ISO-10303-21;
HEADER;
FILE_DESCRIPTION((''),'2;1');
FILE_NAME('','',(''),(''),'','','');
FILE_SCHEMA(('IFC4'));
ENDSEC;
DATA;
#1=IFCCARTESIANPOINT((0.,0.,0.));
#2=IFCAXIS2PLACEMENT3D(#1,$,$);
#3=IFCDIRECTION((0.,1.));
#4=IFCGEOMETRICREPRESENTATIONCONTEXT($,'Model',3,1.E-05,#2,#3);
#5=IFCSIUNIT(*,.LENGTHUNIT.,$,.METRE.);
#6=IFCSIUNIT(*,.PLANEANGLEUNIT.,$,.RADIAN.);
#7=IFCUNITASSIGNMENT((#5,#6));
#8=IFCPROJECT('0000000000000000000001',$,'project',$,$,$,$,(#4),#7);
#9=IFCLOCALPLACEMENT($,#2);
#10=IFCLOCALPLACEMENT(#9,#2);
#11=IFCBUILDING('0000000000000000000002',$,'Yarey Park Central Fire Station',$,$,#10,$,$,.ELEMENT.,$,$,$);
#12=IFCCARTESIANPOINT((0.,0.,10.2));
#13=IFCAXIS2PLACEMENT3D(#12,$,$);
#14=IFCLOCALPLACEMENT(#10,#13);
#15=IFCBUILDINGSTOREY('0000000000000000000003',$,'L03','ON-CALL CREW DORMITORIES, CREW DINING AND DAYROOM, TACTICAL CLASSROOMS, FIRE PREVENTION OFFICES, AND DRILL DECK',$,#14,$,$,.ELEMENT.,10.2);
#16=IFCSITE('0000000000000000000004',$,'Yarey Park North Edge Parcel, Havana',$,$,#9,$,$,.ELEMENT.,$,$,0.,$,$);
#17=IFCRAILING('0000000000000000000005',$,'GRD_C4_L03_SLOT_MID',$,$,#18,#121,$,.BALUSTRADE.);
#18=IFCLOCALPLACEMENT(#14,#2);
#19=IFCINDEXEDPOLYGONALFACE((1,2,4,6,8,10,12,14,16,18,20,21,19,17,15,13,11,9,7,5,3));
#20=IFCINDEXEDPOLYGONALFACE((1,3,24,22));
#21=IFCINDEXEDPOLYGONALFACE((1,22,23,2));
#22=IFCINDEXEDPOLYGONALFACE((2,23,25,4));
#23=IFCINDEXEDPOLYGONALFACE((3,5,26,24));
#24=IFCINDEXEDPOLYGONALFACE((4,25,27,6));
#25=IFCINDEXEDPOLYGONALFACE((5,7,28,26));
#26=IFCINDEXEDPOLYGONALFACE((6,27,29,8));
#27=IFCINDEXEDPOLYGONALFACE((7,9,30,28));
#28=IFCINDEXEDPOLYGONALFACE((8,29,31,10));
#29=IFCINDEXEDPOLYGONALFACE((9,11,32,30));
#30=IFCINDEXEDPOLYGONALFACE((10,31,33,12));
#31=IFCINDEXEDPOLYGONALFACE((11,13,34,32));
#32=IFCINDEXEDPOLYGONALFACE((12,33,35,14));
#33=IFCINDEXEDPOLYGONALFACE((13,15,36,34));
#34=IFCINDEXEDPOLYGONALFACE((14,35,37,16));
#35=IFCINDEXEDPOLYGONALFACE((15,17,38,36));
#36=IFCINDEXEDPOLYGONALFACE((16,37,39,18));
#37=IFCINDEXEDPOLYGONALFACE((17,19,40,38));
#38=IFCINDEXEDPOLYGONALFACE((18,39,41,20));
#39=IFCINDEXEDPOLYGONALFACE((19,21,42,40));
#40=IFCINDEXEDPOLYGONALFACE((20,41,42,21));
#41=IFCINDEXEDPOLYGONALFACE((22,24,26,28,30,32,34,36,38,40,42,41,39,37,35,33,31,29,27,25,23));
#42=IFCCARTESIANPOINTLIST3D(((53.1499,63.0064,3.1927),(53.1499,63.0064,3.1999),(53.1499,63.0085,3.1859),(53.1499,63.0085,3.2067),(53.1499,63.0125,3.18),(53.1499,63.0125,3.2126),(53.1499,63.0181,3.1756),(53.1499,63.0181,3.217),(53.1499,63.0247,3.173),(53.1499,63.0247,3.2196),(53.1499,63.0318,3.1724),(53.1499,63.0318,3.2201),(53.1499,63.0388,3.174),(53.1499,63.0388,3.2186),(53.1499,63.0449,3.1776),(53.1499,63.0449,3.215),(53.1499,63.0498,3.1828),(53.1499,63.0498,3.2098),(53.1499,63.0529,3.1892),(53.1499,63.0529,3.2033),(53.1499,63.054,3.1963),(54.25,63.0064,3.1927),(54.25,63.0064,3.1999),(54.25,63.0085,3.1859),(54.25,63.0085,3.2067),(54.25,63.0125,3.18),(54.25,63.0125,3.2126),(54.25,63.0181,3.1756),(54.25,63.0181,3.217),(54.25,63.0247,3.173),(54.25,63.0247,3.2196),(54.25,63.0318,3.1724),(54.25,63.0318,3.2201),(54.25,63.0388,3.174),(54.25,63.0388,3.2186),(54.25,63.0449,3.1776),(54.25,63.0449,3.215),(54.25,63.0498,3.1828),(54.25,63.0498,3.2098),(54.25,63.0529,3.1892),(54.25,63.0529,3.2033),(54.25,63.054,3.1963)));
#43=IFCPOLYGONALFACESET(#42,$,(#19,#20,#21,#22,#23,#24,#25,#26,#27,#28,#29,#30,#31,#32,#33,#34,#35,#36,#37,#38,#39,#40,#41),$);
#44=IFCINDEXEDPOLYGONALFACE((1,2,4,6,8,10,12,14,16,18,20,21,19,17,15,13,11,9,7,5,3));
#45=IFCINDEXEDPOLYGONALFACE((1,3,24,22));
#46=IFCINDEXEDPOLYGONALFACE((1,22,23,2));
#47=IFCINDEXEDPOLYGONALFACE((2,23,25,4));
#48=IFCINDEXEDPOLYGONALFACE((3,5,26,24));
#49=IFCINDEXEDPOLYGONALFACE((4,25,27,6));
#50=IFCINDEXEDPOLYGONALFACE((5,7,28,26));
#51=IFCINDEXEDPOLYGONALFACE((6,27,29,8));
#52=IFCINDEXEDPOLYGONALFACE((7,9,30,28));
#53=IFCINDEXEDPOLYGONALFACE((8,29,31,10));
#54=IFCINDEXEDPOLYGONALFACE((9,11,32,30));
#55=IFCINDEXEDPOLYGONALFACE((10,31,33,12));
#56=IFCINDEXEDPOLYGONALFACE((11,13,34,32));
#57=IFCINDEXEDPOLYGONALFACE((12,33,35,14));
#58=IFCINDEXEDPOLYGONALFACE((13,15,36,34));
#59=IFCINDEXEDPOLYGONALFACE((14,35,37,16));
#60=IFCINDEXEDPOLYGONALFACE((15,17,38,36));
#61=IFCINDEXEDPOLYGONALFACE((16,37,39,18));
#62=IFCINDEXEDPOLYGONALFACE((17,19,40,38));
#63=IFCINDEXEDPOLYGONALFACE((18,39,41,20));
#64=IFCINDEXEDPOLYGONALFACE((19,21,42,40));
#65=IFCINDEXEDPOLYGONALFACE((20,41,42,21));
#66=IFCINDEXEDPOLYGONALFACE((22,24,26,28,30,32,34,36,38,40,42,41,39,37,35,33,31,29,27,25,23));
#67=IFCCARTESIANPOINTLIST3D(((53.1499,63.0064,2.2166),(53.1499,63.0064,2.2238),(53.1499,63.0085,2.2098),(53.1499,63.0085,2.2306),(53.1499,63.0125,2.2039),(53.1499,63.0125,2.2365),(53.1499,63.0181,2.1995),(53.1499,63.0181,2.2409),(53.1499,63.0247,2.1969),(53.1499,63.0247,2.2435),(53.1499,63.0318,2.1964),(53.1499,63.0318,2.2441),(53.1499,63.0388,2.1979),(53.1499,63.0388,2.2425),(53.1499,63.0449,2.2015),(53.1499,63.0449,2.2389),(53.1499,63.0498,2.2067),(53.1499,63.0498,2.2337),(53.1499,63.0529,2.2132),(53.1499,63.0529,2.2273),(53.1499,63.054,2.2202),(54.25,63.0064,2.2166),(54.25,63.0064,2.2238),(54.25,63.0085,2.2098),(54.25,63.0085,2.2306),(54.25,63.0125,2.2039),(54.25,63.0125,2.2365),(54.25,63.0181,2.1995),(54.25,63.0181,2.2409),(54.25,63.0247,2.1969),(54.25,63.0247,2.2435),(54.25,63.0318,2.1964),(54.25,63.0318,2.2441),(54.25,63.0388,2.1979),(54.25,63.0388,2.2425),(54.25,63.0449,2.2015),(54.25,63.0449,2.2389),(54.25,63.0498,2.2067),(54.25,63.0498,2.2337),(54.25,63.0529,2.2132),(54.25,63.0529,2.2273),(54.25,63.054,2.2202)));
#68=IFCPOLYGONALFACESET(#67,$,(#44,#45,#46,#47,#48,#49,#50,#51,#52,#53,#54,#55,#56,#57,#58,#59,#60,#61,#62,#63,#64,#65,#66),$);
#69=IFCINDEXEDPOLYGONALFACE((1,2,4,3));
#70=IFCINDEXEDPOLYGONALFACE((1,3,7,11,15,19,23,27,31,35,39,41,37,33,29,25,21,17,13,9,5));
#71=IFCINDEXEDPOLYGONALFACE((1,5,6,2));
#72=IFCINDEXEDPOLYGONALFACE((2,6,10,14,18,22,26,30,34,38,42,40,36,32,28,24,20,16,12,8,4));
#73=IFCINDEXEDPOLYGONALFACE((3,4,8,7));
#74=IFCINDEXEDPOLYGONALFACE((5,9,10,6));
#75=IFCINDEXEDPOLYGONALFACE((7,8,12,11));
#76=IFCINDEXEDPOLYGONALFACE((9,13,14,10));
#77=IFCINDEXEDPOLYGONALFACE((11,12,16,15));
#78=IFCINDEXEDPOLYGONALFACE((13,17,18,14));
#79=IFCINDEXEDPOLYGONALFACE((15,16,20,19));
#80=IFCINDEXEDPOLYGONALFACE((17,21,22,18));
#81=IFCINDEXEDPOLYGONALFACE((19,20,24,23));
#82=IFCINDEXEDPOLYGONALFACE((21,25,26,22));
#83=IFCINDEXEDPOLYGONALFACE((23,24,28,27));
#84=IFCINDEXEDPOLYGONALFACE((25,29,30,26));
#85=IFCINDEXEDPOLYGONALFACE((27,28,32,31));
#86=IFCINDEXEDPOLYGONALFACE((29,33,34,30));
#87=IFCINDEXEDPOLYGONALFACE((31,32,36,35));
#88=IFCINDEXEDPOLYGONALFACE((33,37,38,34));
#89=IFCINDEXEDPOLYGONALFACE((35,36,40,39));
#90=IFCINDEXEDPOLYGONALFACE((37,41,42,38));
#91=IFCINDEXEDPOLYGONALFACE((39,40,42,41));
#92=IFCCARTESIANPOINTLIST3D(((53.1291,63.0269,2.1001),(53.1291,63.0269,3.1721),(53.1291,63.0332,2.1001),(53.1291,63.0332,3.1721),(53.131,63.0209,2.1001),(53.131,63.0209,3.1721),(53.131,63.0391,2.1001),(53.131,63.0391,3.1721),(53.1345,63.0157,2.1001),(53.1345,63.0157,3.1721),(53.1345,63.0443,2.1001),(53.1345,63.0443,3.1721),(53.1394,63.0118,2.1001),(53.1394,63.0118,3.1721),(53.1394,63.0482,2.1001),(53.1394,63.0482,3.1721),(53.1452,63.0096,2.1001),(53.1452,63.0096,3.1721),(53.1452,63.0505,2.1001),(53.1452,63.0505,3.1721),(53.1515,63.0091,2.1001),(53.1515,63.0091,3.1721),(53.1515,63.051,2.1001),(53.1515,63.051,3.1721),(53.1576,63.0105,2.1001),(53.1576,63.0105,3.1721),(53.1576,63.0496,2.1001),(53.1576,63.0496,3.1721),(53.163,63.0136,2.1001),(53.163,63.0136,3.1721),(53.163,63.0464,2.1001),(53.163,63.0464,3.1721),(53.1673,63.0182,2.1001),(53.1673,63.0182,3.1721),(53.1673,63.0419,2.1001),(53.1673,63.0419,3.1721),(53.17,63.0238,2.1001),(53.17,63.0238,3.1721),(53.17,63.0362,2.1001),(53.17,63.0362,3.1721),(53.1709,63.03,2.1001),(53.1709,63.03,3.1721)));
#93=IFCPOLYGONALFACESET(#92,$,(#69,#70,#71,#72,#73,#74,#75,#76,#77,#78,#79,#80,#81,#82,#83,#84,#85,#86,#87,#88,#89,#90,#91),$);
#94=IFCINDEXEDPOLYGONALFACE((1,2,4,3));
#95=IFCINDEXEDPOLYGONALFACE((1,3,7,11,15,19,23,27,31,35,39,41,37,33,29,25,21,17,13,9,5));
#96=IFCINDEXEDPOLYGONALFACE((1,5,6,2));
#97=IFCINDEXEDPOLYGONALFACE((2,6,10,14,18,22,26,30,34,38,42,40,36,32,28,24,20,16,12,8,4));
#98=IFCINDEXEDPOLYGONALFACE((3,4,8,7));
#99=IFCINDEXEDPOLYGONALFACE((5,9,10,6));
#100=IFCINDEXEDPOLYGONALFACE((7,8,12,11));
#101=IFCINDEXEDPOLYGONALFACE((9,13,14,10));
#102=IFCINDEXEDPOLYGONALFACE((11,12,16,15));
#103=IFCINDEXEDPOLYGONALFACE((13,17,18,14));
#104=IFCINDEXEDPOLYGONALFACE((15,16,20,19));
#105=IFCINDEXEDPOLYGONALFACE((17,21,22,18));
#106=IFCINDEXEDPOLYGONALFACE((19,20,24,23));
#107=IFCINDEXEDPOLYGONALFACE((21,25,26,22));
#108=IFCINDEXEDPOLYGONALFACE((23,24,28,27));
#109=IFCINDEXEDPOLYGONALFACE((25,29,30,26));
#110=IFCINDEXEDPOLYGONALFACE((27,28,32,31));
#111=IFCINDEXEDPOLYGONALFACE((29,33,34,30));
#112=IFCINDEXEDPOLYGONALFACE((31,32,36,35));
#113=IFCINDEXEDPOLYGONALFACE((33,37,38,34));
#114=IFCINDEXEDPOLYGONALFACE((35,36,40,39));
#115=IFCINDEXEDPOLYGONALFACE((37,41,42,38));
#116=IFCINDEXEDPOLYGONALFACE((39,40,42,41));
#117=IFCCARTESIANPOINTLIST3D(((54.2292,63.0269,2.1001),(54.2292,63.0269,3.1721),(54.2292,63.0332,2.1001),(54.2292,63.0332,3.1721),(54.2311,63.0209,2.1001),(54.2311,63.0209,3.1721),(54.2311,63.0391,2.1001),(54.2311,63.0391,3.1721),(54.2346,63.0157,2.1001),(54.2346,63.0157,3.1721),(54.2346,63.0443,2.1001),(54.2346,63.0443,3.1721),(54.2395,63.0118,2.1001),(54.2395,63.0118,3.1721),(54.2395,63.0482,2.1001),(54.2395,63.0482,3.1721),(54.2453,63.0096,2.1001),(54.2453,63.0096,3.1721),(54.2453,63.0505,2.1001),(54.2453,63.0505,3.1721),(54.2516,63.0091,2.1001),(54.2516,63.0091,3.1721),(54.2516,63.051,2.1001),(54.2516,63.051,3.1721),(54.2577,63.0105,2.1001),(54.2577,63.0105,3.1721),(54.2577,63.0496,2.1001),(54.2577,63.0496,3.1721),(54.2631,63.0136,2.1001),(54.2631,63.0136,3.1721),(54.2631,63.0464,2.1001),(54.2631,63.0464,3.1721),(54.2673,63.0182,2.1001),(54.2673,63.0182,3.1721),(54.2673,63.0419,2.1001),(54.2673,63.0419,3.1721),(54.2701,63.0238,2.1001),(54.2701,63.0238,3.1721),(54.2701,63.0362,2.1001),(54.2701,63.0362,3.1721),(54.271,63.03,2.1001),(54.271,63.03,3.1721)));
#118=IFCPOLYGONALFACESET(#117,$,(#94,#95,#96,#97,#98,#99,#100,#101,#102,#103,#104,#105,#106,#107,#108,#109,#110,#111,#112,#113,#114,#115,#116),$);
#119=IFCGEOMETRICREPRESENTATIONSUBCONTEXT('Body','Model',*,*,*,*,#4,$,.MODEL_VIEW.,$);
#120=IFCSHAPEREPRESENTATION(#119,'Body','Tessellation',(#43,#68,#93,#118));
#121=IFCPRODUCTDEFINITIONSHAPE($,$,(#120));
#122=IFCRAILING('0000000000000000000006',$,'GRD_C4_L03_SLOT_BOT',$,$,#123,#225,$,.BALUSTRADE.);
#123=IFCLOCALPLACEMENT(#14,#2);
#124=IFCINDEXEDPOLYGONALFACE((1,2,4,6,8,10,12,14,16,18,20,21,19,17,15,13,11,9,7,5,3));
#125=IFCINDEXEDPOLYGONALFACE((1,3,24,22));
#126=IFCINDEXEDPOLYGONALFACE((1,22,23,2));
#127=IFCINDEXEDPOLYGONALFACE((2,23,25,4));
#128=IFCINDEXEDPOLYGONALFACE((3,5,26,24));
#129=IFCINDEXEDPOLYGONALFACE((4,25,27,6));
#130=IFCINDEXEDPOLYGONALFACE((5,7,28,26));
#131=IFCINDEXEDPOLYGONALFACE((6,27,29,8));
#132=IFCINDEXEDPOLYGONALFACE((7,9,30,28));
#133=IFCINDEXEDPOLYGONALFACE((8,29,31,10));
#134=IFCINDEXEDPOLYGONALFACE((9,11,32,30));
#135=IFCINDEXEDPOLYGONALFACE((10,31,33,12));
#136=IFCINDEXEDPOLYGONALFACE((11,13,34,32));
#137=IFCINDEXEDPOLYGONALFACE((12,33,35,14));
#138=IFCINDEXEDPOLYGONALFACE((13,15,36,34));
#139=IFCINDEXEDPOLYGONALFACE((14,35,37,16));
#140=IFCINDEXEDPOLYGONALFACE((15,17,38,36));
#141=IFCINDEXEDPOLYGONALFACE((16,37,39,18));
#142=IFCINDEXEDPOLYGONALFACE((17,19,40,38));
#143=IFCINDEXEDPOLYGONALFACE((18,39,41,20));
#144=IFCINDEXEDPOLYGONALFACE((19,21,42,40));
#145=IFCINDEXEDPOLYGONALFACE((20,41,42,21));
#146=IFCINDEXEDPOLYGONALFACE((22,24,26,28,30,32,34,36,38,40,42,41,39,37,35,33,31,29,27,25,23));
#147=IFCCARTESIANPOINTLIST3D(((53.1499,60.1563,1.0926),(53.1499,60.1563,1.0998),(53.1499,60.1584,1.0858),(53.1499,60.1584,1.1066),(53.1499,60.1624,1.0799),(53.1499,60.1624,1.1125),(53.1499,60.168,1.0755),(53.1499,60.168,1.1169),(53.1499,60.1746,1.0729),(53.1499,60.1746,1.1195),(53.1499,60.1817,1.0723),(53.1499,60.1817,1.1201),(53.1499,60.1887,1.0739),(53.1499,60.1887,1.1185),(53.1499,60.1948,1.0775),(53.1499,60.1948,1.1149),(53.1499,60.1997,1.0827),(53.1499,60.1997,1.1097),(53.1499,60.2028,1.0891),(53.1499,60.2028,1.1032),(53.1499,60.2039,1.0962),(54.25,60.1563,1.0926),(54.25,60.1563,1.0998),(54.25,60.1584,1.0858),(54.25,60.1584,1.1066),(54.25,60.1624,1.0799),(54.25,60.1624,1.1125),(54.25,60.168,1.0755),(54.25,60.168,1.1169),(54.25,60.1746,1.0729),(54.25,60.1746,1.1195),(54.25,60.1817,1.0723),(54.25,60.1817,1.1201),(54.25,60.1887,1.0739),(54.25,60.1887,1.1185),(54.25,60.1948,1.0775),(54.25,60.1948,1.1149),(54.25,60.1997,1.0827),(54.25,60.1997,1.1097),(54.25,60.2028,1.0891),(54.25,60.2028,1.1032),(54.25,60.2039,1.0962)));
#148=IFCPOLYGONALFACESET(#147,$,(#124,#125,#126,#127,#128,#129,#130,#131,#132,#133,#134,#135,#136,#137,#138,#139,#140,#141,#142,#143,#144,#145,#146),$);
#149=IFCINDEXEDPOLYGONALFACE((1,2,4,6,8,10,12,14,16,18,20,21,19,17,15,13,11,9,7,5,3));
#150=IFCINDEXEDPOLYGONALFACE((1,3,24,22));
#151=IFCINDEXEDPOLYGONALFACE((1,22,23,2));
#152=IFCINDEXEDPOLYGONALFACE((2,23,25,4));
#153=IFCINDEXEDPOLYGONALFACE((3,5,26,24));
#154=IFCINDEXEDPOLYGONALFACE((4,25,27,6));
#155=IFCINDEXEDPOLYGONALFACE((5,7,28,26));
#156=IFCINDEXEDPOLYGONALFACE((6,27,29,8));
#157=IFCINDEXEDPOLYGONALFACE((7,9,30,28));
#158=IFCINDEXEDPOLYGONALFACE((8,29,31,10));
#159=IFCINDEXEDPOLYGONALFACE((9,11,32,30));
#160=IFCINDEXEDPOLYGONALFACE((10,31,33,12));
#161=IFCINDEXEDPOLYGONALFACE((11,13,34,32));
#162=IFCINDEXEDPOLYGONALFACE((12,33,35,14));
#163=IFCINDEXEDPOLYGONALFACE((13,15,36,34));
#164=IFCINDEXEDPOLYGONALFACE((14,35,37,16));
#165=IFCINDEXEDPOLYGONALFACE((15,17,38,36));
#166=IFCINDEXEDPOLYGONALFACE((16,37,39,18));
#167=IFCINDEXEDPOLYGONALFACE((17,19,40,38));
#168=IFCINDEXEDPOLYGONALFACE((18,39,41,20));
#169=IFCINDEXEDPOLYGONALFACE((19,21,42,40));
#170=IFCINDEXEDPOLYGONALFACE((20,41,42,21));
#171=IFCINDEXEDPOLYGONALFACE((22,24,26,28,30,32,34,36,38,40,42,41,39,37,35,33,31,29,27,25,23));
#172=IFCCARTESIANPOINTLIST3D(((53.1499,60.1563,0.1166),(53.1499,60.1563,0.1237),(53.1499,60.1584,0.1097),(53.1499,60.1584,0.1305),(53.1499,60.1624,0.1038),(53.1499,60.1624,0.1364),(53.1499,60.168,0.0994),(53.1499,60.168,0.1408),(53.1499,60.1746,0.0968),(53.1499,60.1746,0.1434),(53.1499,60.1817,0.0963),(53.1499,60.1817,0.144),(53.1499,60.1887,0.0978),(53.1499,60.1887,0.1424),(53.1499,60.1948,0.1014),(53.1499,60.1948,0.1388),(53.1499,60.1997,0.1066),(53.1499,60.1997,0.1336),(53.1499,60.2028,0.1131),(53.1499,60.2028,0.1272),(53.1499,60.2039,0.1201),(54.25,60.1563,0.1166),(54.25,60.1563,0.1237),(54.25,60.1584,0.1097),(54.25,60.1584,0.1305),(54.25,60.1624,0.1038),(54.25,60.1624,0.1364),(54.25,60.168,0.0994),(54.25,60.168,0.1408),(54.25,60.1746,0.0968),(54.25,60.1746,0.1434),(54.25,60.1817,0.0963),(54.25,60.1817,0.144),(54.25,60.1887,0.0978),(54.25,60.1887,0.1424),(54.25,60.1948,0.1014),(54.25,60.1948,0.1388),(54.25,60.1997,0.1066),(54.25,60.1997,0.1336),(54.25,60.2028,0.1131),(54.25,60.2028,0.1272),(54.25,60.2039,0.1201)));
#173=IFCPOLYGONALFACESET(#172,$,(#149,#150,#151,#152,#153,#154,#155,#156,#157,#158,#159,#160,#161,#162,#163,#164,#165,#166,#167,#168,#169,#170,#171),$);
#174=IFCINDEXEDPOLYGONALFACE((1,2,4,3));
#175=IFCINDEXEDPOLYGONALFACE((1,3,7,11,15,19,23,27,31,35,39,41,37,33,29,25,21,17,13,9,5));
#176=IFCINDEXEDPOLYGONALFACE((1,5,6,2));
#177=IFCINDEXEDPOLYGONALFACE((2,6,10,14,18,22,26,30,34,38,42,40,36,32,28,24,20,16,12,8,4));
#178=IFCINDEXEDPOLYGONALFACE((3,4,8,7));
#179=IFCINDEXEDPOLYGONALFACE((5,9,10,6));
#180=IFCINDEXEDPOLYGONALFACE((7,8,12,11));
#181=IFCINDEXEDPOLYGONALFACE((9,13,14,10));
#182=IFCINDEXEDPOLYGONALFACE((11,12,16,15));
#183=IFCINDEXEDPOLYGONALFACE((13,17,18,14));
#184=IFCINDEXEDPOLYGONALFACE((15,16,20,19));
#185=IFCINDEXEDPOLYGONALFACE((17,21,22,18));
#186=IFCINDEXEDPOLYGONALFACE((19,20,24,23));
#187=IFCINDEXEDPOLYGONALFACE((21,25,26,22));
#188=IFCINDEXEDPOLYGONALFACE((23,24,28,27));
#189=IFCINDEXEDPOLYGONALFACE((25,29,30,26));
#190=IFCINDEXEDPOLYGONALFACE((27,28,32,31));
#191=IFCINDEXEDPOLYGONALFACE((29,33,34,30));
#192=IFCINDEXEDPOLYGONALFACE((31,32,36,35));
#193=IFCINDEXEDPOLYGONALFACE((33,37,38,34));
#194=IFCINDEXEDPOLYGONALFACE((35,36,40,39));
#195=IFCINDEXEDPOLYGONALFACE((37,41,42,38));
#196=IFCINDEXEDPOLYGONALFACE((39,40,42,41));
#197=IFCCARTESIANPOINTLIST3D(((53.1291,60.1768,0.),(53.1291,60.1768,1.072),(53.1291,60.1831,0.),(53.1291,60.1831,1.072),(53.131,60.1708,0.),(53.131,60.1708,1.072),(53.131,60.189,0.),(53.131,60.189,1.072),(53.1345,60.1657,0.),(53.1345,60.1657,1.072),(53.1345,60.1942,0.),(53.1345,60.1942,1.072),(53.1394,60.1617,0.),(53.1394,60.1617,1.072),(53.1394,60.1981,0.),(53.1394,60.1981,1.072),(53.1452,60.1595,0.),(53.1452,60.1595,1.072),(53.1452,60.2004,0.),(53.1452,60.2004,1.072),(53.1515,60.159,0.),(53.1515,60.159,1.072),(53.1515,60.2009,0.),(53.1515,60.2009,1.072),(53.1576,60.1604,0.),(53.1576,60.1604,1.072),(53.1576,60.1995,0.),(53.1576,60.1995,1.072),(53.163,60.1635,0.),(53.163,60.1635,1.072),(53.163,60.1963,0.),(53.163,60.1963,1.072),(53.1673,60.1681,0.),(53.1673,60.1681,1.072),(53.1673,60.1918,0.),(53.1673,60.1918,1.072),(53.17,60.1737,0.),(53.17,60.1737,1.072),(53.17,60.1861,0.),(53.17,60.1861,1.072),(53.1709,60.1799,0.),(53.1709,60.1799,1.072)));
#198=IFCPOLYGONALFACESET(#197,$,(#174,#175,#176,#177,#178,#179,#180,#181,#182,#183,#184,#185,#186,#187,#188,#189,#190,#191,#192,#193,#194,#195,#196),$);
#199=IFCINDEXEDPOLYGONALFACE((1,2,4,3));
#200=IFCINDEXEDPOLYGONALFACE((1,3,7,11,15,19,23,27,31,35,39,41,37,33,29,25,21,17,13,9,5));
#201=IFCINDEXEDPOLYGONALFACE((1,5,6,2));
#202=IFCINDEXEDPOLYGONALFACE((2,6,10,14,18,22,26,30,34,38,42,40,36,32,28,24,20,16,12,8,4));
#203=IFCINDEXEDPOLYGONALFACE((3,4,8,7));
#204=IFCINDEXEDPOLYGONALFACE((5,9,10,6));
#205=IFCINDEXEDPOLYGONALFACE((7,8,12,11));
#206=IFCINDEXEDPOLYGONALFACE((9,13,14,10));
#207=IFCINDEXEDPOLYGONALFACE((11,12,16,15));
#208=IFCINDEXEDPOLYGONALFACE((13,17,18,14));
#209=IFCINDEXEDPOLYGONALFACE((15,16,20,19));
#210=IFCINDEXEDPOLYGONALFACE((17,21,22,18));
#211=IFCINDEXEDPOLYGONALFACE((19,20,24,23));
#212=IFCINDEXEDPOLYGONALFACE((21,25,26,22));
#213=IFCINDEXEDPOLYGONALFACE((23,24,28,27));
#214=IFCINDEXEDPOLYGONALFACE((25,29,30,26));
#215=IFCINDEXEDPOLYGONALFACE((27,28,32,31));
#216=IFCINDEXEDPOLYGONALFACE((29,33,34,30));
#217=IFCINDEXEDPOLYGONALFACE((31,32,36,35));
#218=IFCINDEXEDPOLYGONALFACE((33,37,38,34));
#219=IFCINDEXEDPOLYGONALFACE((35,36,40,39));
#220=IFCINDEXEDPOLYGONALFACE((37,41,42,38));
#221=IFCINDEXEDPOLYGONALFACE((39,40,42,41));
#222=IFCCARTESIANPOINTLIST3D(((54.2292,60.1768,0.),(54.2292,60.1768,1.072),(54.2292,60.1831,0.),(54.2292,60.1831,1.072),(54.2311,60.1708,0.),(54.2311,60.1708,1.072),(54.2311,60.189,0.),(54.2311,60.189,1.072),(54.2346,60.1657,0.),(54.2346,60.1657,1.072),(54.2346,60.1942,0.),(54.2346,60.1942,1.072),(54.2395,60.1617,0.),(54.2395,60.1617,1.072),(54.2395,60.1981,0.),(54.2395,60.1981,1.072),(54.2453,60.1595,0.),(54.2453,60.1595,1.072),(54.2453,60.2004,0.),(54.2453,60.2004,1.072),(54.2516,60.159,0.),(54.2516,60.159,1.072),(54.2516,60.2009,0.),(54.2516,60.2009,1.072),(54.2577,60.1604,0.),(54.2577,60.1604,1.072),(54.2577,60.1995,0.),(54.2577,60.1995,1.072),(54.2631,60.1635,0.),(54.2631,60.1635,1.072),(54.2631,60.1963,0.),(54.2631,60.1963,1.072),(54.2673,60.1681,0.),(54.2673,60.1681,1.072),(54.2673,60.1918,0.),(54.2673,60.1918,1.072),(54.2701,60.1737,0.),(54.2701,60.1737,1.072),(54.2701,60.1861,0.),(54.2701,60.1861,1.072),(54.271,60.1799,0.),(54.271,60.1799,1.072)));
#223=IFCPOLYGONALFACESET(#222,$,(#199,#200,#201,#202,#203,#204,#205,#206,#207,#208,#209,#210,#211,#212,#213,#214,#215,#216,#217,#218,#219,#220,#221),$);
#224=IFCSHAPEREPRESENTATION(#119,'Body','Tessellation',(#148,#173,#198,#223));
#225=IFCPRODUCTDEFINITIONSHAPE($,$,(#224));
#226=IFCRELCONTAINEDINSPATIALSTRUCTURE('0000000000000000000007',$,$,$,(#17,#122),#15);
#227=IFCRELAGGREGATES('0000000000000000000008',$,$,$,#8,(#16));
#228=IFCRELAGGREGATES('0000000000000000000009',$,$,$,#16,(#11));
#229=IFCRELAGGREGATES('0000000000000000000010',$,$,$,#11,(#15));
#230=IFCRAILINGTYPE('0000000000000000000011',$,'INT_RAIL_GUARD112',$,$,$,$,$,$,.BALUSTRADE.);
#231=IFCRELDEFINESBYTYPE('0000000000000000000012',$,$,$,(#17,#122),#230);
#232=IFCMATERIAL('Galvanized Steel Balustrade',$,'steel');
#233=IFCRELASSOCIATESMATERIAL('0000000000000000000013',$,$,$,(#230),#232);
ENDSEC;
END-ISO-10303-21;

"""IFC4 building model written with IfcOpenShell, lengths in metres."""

from ifc_helpers import new_model, si_unit, direction, frame, origin, origin_2d, place, context, subcontext, project, spatial, circle, extrude, material, type_object, element, save


model = new_model("IFC4")

# Units and contexts
model_context = context("Model", 3, precision=1e-05, world=origin(), true_north=direction((0.0, 1.0)))
body_context = subcontext(model_context, "Body", "Model", "MODEL_VIEW")
ifc_project = project(units=[si_unit("LENGTHUNIT", "METRE"), si_unit("PLANEANGLEUNIT", "RADIAN")], contexts=[model_context])

# Site, building, storey
site_placement = place(None, origin())
site = spatial("IfcSite", under=ifc_project, at=site_placement, Name="Yarey Park North Edge Parcel, Havana", CompositionType="ELEMENT", RefElevation=0.0)
building_placement = place(site_placement, origin())
building = spatial("IfcBuilding", under=site, at=building_placement, Name="Yarey Park Central Fire Station", CompositionType="ELEMENT")
storey_placement = place(building_placement, frame((0.0, 0.0, 10.2)))
storey = spatial("IfcBuildingStorey", under=building, at=storey_placement, Name="L03", Description="ON-CALL CREW DORMITORIES, CREW DINING AND DAYROOM, TACTICAL CLASSROOMS, FIRE PREVENTION OFFICES, AND DRILL DECK", CompositionType="ELEMENT", Elevation=10.2)

# Railings
ifc_material_1 = material(Name="Galvanized Steel Balustrade", Category="steel")
railing_type_1 = type_object("IfcRailingType", Name="INT_RAIL_GUARD112", PredefinedType="BALUSTRADE", material=ifc_material_1)
for number, where, name in (
    (1, (53.1499, 63.03, 2.1001), "GRD_C4_L03_SLOT_MID"),
    (2, (53.1499, 60.1799, 0.0), "GRD_C4_L03_SLOT_BOT"),
):
    element("IfcRailing", number, at=place(storey_placement, frame(where)), inside=storey, type_object=railing_type_1, Name=name, PredefinedType="BALUSTRADE", context=body_context, shape_type="SweptSolid", body=[
        extrude(circle(Radius=0.0239, at=origin_2d()), frame((0.0, 0.0, 1.0962), z_axis=(1.0, 0.0, 0.0), x_axis=(0.0, 1.0, 0.0)), (0.0, 0.0, 1.0), 1.1001),
        extrude(circle(Radius=0.0239, at=origin_2d()), frame((0.0, 0.0, 0.1201), z_axis=(1.0, 0.0, 0.0), x_axis=(0.0, 1.0, 0.0)), (0.0, 0.0, 1.0), 1.1001),
        extrude(circle(Radius=0.021, at=origin_2d()), origin(), (0.0, 0.0, 1.0), 1.072),
        extrude(circle(Radius=0.021, at=origin_2d()), frame((1.1001, 0.0, 0.0)), (0.0, 0.0, 1.0), 1.072),
    ])

save(model, "model.ifc")
